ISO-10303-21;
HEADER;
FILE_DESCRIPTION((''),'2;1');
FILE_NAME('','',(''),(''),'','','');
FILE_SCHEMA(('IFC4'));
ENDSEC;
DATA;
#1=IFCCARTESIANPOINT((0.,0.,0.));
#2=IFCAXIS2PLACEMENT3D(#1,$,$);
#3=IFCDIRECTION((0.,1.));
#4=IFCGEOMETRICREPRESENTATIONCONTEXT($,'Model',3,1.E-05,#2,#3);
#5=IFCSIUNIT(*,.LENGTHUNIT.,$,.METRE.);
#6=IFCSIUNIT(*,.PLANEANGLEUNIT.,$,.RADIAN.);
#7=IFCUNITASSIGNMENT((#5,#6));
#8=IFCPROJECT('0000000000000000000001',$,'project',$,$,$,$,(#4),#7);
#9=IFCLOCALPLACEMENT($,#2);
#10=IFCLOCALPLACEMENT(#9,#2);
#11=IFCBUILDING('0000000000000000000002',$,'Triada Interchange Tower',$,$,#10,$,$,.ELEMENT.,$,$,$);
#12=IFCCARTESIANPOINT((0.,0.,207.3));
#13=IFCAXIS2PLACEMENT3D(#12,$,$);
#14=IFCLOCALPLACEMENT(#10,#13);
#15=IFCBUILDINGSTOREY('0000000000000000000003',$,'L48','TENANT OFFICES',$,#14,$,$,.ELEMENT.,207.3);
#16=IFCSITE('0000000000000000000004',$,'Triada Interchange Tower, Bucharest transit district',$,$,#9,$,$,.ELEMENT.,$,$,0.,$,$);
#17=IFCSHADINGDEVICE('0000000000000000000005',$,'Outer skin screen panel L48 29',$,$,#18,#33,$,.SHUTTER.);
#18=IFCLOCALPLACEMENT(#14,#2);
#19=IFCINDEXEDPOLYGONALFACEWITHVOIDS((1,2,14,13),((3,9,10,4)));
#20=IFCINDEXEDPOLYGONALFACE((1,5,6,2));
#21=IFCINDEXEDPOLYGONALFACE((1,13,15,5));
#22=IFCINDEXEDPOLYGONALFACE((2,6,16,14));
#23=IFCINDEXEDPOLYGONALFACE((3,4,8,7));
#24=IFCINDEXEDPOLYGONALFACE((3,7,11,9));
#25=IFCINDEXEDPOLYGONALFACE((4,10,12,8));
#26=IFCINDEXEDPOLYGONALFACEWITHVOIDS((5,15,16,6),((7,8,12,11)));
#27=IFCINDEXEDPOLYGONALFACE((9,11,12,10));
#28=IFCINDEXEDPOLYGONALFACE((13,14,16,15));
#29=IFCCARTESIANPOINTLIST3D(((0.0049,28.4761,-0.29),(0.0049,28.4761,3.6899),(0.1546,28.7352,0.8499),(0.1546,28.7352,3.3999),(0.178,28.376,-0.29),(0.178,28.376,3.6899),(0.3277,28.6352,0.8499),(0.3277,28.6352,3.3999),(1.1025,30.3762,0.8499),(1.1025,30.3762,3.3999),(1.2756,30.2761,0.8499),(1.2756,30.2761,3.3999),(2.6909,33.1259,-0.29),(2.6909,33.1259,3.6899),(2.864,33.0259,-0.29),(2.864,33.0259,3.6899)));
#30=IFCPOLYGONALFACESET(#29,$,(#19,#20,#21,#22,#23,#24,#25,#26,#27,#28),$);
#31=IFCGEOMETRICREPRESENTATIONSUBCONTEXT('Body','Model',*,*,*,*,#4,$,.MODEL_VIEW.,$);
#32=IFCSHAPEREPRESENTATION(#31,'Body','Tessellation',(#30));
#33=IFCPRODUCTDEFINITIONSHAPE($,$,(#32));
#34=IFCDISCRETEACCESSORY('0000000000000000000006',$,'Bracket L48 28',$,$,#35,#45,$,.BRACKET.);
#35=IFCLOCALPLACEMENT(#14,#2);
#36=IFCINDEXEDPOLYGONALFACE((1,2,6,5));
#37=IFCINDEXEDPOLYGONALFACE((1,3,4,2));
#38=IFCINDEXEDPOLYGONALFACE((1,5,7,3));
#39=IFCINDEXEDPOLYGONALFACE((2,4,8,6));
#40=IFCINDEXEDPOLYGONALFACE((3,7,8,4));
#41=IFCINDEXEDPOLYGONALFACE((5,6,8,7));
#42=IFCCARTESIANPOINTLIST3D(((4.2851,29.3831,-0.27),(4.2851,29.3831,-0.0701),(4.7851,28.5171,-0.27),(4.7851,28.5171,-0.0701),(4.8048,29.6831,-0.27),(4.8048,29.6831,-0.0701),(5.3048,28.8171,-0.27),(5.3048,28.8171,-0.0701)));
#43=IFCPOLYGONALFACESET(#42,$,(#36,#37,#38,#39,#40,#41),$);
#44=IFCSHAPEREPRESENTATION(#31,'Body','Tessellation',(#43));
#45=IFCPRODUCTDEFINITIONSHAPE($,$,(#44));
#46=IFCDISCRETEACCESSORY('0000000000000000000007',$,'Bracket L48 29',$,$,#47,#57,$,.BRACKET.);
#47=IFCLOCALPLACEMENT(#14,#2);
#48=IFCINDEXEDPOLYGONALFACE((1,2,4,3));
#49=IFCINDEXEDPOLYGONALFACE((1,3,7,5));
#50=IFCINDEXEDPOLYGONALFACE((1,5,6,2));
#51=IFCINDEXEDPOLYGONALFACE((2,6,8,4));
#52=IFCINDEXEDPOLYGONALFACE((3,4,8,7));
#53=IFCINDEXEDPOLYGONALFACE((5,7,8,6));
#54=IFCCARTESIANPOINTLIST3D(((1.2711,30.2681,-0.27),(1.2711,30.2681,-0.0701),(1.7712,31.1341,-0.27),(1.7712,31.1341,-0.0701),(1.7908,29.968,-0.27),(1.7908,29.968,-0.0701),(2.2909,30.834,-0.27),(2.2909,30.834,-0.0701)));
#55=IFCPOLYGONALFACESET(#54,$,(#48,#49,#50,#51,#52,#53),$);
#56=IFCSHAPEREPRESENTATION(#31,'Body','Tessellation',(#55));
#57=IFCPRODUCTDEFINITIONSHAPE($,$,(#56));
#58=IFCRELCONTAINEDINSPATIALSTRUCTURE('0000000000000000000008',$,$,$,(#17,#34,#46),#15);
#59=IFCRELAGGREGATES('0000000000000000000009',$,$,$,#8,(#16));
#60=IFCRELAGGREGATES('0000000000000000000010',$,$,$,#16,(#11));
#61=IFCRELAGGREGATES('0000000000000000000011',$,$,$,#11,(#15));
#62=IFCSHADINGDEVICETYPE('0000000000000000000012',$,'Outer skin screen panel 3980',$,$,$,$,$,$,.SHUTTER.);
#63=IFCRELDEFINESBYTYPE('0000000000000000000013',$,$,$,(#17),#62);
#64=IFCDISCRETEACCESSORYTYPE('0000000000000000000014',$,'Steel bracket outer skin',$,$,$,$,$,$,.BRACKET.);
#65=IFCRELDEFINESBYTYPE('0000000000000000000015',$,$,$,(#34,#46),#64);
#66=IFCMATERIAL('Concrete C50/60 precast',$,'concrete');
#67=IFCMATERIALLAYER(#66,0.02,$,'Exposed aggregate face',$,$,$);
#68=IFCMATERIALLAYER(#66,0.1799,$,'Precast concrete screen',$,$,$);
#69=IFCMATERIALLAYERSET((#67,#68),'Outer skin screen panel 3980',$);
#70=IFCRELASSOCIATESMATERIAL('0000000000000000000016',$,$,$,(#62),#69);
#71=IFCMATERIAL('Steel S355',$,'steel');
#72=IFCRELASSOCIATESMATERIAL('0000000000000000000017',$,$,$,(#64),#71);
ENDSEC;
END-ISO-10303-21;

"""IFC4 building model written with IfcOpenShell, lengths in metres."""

from ifc_helpers import new_model, si_unit, direction, frame, origin, origin_2d, place, context, subcontext, project, spatial, polyline, rectangle, outline, extrude, material, layer, layer_set, type_object, element, save


model = new_model("IFC4")

# Units and contexts
model_context = context("Model", 3, precision=1e-05, world=origin(), true_north=direction((0.0, 1.0)))
body_context = subcontext(model_context, "Body", "Model", "MODEL_VIEW")
ifc_project = project(units=[si_unit("LENGTHUNIT", "METRE"), si_unit("PLANEANGLEUNIT", "RADIAN")], contexts=[model_context])

# Site, building, storey
site_placement = place(None, origin())
site = spatial("IfcSite", under=ifc_project, at=site_placement, Name="Triada Interchange Tower, Bucharest transit district", CompositionType="ELEMENT", RefElevation=0.0)
building_placement = place(site_placement, origin())
building = spatial("IfcBuilding", under=site, at=building_placement, Name="Triada Interchange Tower", CompositionType="ELEMENT")
storey_placement = place(building_placement, frame((0.0, 0.0, 207.3)))
storey = spatial("IfcBuildingStorey", under=building, at=storey_placement, Name="L48", Description="TENANT OFFICES", CompositionType="ELEMENT", Elevation=207.3)

# Shading device
ifc_material_1 = material(Name="Concrete C50/60 precast", Category="concrete")
ifc_layer_1 = layer(ifc_material_1, 0.02, Name="Exposed aggregate face")
ifc_layer_2 = layer(ifc_material_1, 0.1799, Name="Precast concrete screen")
ifc_layer_set_1 = layer_set([ifc_layer_1, ifc_layer_2], Name="Outer skin screen panel 3980")
shading_device_type = type_object("IfcShadingDeviceType", Name="Outer skin screen panel 3980", PredefinedType="SHUTTER", material=ifc_layer_set_1)
shading_device_1_placement = place(storey_placement, frame((2.864, 33.0259, -0.29), z_axis=(0.0, 0.0, 1.0), x_axis=(-0.500197, -0.865911, 0.0)))
element("IfcShadingDevice", 1, at=shading_device_1_placement, inside=storey, type_object=shading_device_type, Name="Outer skin screen panel L48 29", PredefinedType="SHUTTER", context=body_context, shape_type="SweptSolid", body=[
    extrude(outline(polyline([(0.0, 0.0), (5.3699, 0.0), (5.3699, 3.98), (0.0, 3.98), (0.0, 0.0)]), holes=[polyline([(3.1755, 1.1399), (3.1755, 3.6899), (5.0706, 3.6899), (5.0706, 1.1399), (3.1755, 1.1399)])]), frame((0.0, 0.0, 0.0), z_axis=(0.0, -1.0, 0.0), x_axis=(1.0, 0.0, 0.0)), (0.0, 0.0, 1.0), 0.2),
])

# Discrete accessories
ifc_material_2 = material(Name="Steel S355", Category="steel")
discrete_accessory_type = type_object("IfcDiscreteAccessoryType", Name="Steel bracket outer skin", PredefinedType="BRACKET", material=ifc_material_2)
for number, where, z_axis, x_axis, name in (
    (2, (4.7949, 29.1001, -0.27), (0.0, 0.0, 1.0), (0.866021, 0.500007, 0.0), "Bracket L48 28"),
    (3, (1.781, 30.551, -0.27), (0.0, 0.0, 1.0), (-0.865971, 0.500095, 0.0), "Bracket L48 29"),
):
    element("IfcDiscreteAccessory", number, at=place(storey_placement, frame(where, z_axis=z_axis, x_axis=x_axis)), inside=storey, type_object=discrete_accessory_type, Name=name, PredefinedType="BRACKET", context=body_context, shape_type="SweptSolid", body=[
        extrude(rectangle(XDim=0.6001, YDim=1.0, at=origin_2d()), origin(), (0.0, 0.0, 1.0), 0.2),
    ])

save(model, "model.ifc")
